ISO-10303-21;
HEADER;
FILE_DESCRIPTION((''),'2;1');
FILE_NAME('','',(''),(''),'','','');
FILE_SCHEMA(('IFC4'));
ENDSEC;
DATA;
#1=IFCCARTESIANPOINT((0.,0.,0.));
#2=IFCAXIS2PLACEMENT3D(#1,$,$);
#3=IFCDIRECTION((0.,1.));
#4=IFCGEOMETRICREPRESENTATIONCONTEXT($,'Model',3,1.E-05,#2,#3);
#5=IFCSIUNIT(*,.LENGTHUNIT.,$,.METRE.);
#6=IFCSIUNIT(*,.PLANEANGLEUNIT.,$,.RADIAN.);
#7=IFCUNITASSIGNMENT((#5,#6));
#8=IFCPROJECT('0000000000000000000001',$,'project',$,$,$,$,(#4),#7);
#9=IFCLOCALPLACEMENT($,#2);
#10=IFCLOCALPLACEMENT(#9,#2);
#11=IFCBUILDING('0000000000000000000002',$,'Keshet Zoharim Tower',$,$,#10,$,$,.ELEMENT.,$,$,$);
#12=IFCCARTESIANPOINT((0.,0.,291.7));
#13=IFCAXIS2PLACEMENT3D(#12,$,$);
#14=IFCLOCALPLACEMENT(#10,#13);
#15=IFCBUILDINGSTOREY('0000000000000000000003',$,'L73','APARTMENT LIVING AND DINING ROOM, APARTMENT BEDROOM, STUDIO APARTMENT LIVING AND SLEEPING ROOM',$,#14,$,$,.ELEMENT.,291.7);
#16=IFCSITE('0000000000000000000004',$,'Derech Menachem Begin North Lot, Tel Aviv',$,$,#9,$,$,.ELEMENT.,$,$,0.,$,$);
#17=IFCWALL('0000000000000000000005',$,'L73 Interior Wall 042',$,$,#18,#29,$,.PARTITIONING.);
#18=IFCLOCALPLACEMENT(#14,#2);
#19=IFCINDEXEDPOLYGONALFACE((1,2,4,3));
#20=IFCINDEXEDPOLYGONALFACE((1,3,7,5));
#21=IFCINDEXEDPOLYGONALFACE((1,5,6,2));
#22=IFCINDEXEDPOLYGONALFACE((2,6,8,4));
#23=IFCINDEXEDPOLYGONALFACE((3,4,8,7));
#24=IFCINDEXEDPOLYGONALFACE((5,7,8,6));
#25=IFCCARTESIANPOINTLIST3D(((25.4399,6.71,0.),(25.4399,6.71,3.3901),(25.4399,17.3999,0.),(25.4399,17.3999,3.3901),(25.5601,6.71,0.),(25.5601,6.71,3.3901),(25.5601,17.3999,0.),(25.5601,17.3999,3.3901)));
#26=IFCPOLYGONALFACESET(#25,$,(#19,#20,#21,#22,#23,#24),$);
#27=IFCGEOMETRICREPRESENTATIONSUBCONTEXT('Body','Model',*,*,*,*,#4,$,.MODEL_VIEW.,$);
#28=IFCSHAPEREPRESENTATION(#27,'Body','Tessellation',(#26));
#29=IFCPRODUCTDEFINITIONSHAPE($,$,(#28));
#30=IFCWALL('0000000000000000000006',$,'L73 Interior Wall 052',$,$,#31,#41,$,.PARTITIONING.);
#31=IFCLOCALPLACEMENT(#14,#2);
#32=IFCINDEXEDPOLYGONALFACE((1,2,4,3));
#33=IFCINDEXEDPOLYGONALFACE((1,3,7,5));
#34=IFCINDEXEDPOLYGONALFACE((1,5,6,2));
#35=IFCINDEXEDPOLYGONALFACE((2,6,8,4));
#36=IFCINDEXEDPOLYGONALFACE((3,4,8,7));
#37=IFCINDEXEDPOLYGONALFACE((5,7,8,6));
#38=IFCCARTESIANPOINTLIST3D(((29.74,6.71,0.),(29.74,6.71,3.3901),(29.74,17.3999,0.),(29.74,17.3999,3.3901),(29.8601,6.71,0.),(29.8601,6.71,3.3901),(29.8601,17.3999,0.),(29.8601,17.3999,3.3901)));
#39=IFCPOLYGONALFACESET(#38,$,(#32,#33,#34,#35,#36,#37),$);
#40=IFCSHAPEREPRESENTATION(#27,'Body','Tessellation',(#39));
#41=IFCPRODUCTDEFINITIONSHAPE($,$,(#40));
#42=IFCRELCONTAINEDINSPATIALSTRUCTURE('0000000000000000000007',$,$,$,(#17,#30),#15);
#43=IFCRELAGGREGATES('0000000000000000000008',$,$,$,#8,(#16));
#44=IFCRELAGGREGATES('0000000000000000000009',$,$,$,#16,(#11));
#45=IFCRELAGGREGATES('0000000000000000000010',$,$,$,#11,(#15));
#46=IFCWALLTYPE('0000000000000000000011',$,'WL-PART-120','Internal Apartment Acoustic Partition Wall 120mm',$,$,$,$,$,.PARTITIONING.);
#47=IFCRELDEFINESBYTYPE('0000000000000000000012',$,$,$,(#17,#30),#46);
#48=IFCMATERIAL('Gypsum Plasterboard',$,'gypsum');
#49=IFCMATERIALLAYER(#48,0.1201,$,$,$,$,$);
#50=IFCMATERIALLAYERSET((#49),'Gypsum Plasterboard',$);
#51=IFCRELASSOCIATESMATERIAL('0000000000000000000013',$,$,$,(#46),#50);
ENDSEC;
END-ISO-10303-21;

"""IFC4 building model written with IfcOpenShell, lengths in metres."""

from ifc_helpers import new_model, si_unit, direction, frame, frame_2d, origin, place, context, subcontext, project, spatial, rectangle, extrude, material, layer, layer_set, type_object, element, save


model = new_model("IFC4")

# Units and contexts
model_context = context("Model", 3, precision=1e-05, world=origin(), true_north=direction((0.0, 1.0)))
body_context = subcontext(model_context, "Body", "Model", "MODEL_VIEW")
ifc_project = project(units=[si_unit("LENGTHUNIT", "METRE"), si_unit("PLANEANGLEUNIT", "RADIAN")], contexts=[model_context])

# Site, building, storey
site_placement = place(None, origin())
site = spatial("IfcSite", under=ifc_project, at=site_placement, Name="Derech Menachem Begin North Lot, Tel Aviv", CompositionType="ELEMENT", RefElevation=0.0)
building_placement = place(site_placement, origin())
building = spatial("IfcBuilding", under=site, at=building_placement, Name="Keshet Zoharim Tower", CompositionType="ELEMENT")
storey_placement = place(building_placement, frame((0.0, 0.0, 291.7)))
storey = spatial("IfcBuildingStorey", under=building, at=storey_placement, Name="L73", Description="APARTMENT LIVING AND DINING ROOM, APARTMENT BEDROOM, STUDIO APARTMENT LIVING AND SLEEPING ROOM", CompositionType="ELEMENT", Elevation=291.7)

# Shared definitions
ifc_material_1 = material(Name="Gypsum Plasterboard", Category="gypsum")

# Walls
ifc_layer_1 = layer(ifc_material_1, 0.1201)
ifc_layer_set_1 = layer_set([ifc_layer_1], Name="Gypsum Plasterboard")
wall_type_1 = type_object("IfcWallType", Name="WL-PART-120", Description="Internal Apartment Acoustic Partition Wall 120mm", PredefinedType="PARTITIONING", material=ifc_layer_set_1)
for number, where, z_axis, x_axis, name in (
    (1, (25.5, 6.71, 0.0), (0.0, 0.0, 1.0), (0.0, 1.0, 0.0), "L73 Interior Wall 042"),
    (2, (29.8, 6.71, 0.0), (0.0, 0.0, 1.0), (0.0, 1.0, 0.0), "L73 Interior Wall 052"),
):
    element("IfcWall", number, at=place(storey_placement, frame(where, z_axis=z_axis, x_axis=x_axis)), inside=storey, type_object=wall_type_1, Name=name, PredefinedType="PARTITIONING", context=body_context, shape_type="SweptSolid", body=[
        extrude(rectangle(XDim=10.6899, YDim=0.1201, at=frame_2d((5.345, 0.0))), origin(), (0.0, 0.0, 1.0), 3.3901),
    ])

save(model, "model.ifc")
